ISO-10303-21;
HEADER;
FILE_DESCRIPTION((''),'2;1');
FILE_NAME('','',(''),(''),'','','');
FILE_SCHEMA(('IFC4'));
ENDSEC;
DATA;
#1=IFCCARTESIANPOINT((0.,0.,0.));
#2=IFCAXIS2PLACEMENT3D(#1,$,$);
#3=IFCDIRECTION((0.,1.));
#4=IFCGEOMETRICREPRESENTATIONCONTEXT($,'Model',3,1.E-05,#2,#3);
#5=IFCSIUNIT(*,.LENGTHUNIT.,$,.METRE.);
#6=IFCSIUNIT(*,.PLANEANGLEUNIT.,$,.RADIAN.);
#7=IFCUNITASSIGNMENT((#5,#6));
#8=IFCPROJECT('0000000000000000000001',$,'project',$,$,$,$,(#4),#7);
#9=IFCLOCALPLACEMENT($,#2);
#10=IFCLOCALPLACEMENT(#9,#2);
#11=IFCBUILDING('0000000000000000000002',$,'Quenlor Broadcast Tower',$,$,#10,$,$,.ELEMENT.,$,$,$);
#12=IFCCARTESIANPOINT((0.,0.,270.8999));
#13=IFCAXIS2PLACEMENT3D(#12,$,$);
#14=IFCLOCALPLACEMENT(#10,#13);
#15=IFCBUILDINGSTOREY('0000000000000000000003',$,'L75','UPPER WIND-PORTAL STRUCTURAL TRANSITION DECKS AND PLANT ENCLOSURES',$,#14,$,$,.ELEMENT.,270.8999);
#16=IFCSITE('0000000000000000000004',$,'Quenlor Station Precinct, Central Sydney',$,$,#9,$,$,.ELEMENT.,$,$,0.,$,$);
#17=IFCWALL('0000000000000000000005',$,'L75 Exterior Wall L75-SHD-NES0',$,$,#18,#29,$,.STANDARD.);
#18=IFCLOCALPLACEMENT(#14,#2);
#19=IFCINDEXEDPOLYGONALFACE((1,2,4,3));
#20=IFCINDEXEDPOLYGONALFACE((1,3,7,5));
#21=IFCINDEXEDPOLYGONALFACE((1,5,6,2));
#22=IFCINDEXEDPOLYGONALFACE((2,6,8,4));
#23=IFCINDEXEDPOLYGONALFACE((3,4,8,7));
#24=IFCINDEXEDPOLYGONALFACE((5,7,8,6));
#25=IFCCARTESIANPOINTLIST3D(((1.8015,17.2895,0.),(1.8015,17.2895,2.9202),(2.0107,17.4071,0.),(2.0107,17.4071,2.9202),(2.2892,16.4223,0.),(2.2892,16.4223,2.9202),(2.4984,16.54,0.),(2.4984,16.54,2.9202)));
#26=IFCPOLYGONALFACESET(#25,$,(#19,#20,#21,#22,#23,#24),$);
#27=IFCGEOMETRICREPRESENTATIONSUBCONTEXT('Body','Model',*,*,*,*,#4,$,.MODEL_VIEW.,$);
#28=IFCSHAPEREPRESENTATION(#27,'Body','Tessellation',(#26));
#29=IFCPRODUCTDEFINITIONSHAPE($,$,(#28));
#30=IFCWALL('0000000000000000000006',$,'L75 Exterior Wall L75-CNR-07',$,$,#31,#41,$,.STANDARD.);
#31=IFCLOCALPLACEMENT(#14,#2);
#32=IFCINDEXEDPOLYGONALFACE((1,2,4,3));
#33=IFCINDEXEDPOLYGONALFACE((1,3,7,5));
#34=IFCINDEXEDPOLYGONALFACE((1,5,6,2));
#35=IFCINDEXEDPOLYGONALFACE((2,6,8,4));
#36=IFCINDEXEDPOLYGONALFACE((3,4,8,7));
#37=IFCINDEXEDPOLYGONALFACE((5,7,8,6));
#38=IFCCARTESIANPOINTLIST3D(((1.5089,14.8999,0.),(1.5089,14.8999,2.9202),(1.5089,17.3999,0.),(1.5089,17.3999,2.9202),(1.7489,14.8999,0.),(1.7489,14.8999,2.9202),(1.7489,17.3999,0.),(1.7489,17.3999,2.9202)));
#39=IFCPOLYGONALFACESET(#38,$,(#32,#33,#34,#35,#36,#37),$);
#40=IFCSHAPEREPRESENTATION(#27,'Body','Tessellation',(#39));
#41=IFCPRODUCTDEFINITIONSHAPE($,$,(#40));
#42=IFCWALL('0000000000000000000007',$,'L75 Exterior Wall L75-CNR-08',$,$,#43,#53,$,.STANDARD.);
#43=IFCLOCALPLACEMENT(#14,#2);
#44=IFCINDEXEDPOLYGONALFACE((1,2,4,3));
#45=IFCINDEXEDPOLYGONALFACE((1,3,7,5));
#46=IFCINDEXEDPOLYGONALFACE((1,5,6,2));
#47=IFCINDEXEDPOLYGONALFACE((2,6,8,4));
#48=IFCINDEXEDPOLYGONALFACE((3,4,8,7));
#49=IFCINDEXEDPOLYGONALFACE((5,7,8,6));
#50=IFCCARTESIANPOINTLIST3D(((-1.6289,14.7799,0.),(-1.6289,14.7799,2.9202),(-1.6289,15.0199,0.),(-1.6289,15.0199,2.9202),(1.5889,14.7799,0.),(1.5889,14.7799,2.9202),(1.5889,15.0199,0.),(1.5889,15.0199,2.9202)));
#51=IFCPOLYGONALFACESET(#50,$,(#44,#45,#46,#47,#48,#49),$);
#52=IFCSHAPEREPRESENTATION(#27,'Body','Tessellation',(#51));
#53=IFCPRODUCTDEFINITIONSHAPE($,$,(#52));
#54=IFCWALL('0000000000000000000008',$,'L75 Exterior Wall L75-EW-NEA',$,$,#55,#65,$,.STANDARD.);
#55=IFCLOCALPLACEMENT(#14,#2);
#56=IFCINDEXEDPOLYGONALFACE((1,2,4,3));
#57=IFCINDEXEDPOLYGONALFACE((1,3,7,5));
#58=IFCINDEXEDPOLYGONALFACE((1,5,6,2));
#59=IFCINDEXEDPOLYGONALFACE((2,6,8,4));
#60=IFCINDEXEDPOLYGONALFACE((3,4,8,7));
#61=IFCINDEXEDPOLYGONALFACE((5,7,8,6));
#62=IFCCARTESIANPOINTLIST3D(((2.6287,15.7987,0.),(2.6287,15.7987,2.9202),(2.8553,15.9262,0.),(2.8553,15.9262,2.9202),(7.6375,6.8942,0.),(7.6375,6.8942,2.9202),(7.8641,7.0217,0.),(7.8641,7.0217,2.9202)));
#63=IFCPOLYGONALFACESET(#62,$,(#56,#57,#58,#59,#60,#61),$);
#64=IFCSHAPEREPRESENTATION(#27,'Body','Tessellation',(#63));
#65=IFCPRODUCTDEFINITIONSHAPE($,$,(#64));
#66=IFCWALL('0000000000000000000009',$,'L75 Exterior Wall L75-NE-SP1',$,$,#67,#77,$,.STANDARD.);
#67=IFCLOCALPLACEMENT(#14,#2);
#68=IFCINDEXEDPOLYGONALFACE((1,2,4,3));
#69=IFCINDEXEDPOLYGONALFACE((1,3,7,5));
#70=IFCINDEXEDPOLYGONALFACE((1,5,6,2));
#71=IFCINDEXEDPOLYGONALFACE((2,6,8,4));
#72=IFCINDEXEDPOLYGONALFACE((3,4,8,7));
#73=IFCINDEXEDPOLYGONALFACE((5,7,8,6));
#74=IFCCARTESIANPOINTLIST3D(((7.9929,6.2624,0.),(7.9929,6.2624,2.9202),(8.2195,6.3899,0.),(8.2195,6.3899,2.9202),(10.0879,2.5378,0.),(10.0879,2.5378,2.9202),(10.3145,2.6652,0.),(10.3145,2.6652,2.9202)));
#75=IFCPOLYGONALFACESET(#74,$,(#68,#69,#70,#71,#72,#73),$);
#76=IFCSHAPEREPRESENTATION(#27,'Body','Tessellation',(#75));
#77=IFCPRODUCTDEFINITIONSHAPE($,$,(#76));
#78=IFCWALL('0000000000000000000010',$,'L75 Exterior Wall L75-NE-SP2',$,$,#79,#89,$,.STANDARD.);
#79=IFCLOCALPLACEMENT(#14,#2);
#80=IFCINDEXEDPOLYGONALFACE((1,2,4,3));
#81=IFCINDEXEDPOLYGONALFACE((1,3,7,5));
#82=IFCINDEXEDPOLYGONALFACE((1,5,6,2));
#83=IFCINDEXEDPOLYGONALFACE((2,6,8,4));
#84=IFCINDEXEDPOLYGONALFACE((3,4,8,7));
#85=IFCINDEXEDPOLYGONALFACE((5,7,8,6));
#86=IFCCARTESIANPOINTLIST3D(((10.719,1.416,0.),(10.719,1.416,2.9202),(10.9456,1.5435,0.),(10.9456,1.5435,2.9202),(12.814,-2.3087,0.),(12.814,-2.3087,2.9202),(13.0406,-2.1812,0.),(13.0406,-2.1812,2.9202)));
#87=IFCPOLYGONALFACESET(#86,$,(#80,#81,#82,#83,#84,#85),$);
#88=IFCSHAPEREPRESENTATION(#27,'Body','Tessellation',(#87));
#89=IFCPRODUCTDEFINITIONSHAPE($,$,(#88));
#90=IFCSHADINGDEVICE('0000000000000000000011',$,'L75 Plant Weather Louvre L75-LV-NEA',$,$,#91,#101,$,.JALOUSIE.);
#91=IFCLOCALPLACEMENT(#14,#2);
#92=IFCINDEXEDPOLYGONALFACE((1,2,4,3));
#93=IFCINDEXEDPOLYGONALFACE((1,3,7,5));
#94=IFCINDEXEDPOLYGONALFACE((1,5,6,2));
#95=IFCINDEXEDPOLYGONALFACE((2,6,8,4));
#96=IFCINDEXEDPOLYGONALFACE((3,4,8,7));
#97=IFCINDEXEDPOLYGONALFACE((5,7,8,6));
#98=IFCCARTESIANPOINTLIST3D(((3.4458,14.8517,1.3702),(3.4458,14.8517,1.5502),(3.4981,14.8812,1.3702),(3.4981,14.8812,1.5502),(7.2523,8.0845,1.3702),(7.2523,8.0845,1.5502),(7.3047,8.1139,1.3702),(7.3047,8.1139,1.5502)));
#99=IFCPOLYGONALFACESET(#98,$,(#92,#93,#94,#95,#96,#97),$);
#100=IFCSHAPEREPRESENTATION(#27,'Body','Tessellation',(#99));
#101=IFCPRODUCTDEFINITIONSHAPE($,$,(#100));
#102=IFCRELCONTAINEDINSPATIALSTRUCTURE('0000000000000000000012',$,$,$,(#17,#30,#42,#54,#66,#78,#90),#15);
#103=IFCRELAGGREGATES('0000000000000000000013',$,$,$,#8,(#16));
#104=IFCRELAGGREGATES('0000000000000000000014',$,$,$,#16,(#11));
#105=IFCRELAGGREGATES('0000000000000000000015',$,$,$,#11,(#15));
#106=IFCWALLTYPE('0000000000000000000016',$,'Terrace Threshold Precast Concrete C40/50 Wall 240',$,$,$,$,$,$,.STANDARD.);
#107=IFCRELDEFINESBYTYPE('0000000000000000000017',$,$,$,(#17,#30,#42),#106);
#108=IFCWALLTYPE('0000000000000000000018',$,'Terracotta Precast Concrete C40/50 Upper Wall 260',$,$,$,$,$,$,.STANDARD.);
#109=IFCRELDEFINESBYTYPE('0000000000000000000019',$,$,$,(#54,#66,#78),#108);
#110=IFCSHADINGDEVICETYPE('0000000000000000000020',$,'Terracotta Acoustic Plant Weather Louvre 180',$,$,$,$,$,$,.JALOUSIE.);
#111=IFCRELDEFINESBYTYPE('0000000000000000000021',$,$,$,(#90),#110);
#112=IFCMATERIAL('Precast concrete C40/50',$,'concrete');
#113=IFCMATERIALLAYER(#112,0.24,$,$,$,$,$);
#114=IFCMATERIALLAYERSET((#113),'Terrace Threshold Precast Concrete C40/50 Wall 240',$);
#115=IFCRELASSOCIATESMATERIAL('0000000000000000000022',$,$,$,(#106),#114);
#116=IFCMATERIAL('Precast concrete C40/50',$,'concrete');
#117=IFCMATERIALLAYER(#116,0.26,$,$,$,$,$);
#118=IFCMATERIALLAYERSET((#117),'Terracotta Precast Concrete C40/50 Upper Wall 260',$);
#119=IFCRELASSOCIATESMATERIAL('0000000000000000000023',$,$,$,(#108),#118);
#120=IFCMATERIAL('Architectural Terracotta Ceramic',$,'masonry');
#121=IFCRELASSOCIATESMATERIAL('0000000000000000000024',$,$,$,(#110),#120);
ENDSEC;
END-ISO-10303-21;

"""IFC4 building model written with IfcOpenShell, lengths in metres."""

from ifc_helpers import new_model, si_unit, direction, frame, frame_2d, origin, origin_2d, place, context, subcontext, project, spatial, rectangle, extrude, material, layer, layer_set, material_profile, profile_set, type_object, element, save


model = new_model("IFC4")

# Units and contexts
model_context = context("Model", 3, precision=1e-05, world=origin(), true_north=direction((0.0, 1.0)))
body_context = subcontext(model_context, "Body", "Model", "MODEL_VIEW")
ifc_project = project(units=[si_unit("LENGTHUNIT", "METRE"), si_unit("PLANEANGLEUNIT", "RADIAN")], contexts=[model_context])

# Site, building, storey
site_placement = place(None, origin())
site = spatial("IfcSite", under=ifc_project, at=site_placement, Name="Quenlor Station Precinct, Central Sydney", CompositionType="ELEMENT", RefElevation=0.0)
building_placement = place(site_placement, origin())
building = spatial("IfcBuilding", under=site, at=building_placement, Name="Quenlor Broadcast Tower", CompositionType="ELEMENT")
storey_placement = place(building_placement, frame((0.0, 0.0, 270.8999)))
storey = spatial("IfcBuildingStorey", under=building, at=storey_placement, Name="L75", Description="UPPER WIND-PORTAL STRUCTURAL TRANSITION DECKS AND PLANT ENCLOSURES", CompositionType="ELEMENT", Elevation=270.8999)

# Walls
ifc_material_1 = material(Name="Precast concrete C40/50", Category="concrete")
ifc_layer_1 = layer(ifc_material_1, 0.24)
ifc_layer_set_1 = layer_set([ifc_layer_1], Name="Terrace Threshold Precast Concrete C40/50 Wall 240")
wall_type_1 = type_object("IfcWallType", Name="Terrace Threshold Precast Concrete C40/50 Wall 240", PredefinedType="STANDARD", material=ifc_layer_set_1)
wall_1_placement = place(storey_placement, frame((1.906, 17.3484, 0.0), z_axis=(0.0, 0.0, 1.0), x_axis=(0.490261, -0.871576, 0.0)))
element("IfcWall", 1, at=wall_1_placement, inside=storey, type_object=wall_type_1, Name="L75 Exterior Wall L75-SHD-NES0", PredefinedType="STANDARD", context=body_context, shape_type="SweptSolid", body=[
    extrude(rectangle(XDim=0.9949, YDim=0.24, at=frame_2d((0.4976, 0.0))), origin(), (0.0, 0.0, 1.0), 2.9202),
])
wall_2_placement = place(storey_placement, frame((1.6289, 17.3999, 0.0), z_axis=(0.0, 0.0, 1.0), x_axis=(0.0, -1.0, 0.0)))
element("IfcWall", 2, at=wall_2_placement, inside=storey, type_object=wall_type_1, Name="L75 Exterior Wall L75-CNR-07", PredefinedType="STANDARD", context=body_context, shape_type="SweptSolid", body=[
    extrude(rectangle(XDim=2.5, YDim=0.24, at=frame_2d((1.25, 0.0))), origin(), (0.0, 0.0, 1.0), 2.9202),
])
wall_3_placement = place(storey_placement, frame((1.5889, 14.8999, 0.0), z_axis=(0.0, 0.0, 1.0), x_axis=(-1.0, 0.0, 0.0)))
element("IfcWall", 3, at=wall_3_placement, inside=storey, type_object=wall_type_1, Name="L75 Exterior Wall L75-CNR-08", PredefinedType="STANDARD", context=body_context, shape_type="SweptSolid", body=[
    extrude(rectangle(XDim=3.2178, YDim=0.24, at=frame_2d((1.6089, 0.0))), origin(), (0.0, 0.0, 1.0), 2.9202),
])
ifc_material_2 = material(Name="Precast concrete C40/50", Category="concrete")
ifc_layer_2 = layer(ifc_material_2, 0.26)
ifc_layer_set_2 = layer_set([ifc_layer_2], Name="Terracotta Precast Concrete C40/50 Upper Wall 260")
wall_type_2 = type_object("IfcWallType", Name="Terracotta Precast Concrete C40/50 Upper Wall 260", PredefinedType="STANDARD", material=ifc_layer_set_2)
wall_4_placement = place(storey_placement, frame((2.7419, 15.8625, 0.0), z_axis=(0.0, 0.0, 1.0), x_axis=(0.49026, -0.871576, 0.0)))
element("IfcWall", 4, at=wall_4_placement, inside=storey, type_object=wall_type_2, Name="L75 Exterior Wall L75-EW-NEA", PredefinedType="STANDARD", context=body_context, shape_type="SweptSolid", body=[
    extrude(rectangle(XDim=10.2166, YDim=0.26, at=frame_2d((5.1084, 0.0))), origin(), (0.0, 0.0, 1.0), 2.9202),
])
for number, where, z_axis, x_axis, name in (
    (5, (8.1062, 6.3262, 0.0), (0.0, 0.0, 1.0), (0.49024, -0.871588, 0.0), "L75 Exterior Wall L75-NE-SP1"),
    (6, (10.8323, 1.4797, 0.0), (0.0, 0.0, 1.0), (0.49024, -0.871588, 0.0), "L75 Exterior Wall L75-NE-SP2"),
):
    element("IfcWall", number, at=place(storey_placement, frame(where, z_axis=z_axis, x_axis=x_axis)), inside=storey, type_object=wall_type_2, Name=name, PredefinedType="STANDARD", context=body_context, shape_type="SweptSolid", body=[
        extrude(rectangle(XDim=4.2734, YDim=0.26, at=frame_2d((2.1367, 0.0))), origin(), (0.0, 0.0, 1.0), 2.9202),
    ])

# Shading device
ifc_material_3 = material(Name="Architectural Terracotta Ceramic", Category="masonry")
ifc_material_profile_1 = material_profile(ifc_material_3, rectangle(XDim=0.0601, YDim=0.1799, at=origin_2d()))
ifc_profile_set_1 = profile_set([ifc_material_profile_1], Name="Architectural Terracotta Ceramic LVR60x180")
shading_device_type = type_object("IfcShadingDeviceType", Name="Terracotta Acoustic Plant Weather Louvre 180", PredefinedType="JALOUSIE", material=ifc_profile_set_1)
shading_device_placement = place(storey_placement, frame((3.4719, 14.8665, 1.4602), z_axis=(0.490263, -0.871575, 0.0), x_axis=(0.871575, 0.490263, 0.0)))
element("IfcShadingDevice", 7, at=shading_device_placement, inside=storey, type_object=shading_device_type, Name="L75 Plant Weather Louvre L75-LV-NEA", PredefinedType="JALOUSIE", context=body_context, shape_type="SweptSolid", body=[
    extrude(rectangle(XDim=0.0601, YDim=0.1799, at=origin_2d()), origin(), (0.0, 0.0, 1.0), 7.7644),
])

save(model, "model.ifc")
